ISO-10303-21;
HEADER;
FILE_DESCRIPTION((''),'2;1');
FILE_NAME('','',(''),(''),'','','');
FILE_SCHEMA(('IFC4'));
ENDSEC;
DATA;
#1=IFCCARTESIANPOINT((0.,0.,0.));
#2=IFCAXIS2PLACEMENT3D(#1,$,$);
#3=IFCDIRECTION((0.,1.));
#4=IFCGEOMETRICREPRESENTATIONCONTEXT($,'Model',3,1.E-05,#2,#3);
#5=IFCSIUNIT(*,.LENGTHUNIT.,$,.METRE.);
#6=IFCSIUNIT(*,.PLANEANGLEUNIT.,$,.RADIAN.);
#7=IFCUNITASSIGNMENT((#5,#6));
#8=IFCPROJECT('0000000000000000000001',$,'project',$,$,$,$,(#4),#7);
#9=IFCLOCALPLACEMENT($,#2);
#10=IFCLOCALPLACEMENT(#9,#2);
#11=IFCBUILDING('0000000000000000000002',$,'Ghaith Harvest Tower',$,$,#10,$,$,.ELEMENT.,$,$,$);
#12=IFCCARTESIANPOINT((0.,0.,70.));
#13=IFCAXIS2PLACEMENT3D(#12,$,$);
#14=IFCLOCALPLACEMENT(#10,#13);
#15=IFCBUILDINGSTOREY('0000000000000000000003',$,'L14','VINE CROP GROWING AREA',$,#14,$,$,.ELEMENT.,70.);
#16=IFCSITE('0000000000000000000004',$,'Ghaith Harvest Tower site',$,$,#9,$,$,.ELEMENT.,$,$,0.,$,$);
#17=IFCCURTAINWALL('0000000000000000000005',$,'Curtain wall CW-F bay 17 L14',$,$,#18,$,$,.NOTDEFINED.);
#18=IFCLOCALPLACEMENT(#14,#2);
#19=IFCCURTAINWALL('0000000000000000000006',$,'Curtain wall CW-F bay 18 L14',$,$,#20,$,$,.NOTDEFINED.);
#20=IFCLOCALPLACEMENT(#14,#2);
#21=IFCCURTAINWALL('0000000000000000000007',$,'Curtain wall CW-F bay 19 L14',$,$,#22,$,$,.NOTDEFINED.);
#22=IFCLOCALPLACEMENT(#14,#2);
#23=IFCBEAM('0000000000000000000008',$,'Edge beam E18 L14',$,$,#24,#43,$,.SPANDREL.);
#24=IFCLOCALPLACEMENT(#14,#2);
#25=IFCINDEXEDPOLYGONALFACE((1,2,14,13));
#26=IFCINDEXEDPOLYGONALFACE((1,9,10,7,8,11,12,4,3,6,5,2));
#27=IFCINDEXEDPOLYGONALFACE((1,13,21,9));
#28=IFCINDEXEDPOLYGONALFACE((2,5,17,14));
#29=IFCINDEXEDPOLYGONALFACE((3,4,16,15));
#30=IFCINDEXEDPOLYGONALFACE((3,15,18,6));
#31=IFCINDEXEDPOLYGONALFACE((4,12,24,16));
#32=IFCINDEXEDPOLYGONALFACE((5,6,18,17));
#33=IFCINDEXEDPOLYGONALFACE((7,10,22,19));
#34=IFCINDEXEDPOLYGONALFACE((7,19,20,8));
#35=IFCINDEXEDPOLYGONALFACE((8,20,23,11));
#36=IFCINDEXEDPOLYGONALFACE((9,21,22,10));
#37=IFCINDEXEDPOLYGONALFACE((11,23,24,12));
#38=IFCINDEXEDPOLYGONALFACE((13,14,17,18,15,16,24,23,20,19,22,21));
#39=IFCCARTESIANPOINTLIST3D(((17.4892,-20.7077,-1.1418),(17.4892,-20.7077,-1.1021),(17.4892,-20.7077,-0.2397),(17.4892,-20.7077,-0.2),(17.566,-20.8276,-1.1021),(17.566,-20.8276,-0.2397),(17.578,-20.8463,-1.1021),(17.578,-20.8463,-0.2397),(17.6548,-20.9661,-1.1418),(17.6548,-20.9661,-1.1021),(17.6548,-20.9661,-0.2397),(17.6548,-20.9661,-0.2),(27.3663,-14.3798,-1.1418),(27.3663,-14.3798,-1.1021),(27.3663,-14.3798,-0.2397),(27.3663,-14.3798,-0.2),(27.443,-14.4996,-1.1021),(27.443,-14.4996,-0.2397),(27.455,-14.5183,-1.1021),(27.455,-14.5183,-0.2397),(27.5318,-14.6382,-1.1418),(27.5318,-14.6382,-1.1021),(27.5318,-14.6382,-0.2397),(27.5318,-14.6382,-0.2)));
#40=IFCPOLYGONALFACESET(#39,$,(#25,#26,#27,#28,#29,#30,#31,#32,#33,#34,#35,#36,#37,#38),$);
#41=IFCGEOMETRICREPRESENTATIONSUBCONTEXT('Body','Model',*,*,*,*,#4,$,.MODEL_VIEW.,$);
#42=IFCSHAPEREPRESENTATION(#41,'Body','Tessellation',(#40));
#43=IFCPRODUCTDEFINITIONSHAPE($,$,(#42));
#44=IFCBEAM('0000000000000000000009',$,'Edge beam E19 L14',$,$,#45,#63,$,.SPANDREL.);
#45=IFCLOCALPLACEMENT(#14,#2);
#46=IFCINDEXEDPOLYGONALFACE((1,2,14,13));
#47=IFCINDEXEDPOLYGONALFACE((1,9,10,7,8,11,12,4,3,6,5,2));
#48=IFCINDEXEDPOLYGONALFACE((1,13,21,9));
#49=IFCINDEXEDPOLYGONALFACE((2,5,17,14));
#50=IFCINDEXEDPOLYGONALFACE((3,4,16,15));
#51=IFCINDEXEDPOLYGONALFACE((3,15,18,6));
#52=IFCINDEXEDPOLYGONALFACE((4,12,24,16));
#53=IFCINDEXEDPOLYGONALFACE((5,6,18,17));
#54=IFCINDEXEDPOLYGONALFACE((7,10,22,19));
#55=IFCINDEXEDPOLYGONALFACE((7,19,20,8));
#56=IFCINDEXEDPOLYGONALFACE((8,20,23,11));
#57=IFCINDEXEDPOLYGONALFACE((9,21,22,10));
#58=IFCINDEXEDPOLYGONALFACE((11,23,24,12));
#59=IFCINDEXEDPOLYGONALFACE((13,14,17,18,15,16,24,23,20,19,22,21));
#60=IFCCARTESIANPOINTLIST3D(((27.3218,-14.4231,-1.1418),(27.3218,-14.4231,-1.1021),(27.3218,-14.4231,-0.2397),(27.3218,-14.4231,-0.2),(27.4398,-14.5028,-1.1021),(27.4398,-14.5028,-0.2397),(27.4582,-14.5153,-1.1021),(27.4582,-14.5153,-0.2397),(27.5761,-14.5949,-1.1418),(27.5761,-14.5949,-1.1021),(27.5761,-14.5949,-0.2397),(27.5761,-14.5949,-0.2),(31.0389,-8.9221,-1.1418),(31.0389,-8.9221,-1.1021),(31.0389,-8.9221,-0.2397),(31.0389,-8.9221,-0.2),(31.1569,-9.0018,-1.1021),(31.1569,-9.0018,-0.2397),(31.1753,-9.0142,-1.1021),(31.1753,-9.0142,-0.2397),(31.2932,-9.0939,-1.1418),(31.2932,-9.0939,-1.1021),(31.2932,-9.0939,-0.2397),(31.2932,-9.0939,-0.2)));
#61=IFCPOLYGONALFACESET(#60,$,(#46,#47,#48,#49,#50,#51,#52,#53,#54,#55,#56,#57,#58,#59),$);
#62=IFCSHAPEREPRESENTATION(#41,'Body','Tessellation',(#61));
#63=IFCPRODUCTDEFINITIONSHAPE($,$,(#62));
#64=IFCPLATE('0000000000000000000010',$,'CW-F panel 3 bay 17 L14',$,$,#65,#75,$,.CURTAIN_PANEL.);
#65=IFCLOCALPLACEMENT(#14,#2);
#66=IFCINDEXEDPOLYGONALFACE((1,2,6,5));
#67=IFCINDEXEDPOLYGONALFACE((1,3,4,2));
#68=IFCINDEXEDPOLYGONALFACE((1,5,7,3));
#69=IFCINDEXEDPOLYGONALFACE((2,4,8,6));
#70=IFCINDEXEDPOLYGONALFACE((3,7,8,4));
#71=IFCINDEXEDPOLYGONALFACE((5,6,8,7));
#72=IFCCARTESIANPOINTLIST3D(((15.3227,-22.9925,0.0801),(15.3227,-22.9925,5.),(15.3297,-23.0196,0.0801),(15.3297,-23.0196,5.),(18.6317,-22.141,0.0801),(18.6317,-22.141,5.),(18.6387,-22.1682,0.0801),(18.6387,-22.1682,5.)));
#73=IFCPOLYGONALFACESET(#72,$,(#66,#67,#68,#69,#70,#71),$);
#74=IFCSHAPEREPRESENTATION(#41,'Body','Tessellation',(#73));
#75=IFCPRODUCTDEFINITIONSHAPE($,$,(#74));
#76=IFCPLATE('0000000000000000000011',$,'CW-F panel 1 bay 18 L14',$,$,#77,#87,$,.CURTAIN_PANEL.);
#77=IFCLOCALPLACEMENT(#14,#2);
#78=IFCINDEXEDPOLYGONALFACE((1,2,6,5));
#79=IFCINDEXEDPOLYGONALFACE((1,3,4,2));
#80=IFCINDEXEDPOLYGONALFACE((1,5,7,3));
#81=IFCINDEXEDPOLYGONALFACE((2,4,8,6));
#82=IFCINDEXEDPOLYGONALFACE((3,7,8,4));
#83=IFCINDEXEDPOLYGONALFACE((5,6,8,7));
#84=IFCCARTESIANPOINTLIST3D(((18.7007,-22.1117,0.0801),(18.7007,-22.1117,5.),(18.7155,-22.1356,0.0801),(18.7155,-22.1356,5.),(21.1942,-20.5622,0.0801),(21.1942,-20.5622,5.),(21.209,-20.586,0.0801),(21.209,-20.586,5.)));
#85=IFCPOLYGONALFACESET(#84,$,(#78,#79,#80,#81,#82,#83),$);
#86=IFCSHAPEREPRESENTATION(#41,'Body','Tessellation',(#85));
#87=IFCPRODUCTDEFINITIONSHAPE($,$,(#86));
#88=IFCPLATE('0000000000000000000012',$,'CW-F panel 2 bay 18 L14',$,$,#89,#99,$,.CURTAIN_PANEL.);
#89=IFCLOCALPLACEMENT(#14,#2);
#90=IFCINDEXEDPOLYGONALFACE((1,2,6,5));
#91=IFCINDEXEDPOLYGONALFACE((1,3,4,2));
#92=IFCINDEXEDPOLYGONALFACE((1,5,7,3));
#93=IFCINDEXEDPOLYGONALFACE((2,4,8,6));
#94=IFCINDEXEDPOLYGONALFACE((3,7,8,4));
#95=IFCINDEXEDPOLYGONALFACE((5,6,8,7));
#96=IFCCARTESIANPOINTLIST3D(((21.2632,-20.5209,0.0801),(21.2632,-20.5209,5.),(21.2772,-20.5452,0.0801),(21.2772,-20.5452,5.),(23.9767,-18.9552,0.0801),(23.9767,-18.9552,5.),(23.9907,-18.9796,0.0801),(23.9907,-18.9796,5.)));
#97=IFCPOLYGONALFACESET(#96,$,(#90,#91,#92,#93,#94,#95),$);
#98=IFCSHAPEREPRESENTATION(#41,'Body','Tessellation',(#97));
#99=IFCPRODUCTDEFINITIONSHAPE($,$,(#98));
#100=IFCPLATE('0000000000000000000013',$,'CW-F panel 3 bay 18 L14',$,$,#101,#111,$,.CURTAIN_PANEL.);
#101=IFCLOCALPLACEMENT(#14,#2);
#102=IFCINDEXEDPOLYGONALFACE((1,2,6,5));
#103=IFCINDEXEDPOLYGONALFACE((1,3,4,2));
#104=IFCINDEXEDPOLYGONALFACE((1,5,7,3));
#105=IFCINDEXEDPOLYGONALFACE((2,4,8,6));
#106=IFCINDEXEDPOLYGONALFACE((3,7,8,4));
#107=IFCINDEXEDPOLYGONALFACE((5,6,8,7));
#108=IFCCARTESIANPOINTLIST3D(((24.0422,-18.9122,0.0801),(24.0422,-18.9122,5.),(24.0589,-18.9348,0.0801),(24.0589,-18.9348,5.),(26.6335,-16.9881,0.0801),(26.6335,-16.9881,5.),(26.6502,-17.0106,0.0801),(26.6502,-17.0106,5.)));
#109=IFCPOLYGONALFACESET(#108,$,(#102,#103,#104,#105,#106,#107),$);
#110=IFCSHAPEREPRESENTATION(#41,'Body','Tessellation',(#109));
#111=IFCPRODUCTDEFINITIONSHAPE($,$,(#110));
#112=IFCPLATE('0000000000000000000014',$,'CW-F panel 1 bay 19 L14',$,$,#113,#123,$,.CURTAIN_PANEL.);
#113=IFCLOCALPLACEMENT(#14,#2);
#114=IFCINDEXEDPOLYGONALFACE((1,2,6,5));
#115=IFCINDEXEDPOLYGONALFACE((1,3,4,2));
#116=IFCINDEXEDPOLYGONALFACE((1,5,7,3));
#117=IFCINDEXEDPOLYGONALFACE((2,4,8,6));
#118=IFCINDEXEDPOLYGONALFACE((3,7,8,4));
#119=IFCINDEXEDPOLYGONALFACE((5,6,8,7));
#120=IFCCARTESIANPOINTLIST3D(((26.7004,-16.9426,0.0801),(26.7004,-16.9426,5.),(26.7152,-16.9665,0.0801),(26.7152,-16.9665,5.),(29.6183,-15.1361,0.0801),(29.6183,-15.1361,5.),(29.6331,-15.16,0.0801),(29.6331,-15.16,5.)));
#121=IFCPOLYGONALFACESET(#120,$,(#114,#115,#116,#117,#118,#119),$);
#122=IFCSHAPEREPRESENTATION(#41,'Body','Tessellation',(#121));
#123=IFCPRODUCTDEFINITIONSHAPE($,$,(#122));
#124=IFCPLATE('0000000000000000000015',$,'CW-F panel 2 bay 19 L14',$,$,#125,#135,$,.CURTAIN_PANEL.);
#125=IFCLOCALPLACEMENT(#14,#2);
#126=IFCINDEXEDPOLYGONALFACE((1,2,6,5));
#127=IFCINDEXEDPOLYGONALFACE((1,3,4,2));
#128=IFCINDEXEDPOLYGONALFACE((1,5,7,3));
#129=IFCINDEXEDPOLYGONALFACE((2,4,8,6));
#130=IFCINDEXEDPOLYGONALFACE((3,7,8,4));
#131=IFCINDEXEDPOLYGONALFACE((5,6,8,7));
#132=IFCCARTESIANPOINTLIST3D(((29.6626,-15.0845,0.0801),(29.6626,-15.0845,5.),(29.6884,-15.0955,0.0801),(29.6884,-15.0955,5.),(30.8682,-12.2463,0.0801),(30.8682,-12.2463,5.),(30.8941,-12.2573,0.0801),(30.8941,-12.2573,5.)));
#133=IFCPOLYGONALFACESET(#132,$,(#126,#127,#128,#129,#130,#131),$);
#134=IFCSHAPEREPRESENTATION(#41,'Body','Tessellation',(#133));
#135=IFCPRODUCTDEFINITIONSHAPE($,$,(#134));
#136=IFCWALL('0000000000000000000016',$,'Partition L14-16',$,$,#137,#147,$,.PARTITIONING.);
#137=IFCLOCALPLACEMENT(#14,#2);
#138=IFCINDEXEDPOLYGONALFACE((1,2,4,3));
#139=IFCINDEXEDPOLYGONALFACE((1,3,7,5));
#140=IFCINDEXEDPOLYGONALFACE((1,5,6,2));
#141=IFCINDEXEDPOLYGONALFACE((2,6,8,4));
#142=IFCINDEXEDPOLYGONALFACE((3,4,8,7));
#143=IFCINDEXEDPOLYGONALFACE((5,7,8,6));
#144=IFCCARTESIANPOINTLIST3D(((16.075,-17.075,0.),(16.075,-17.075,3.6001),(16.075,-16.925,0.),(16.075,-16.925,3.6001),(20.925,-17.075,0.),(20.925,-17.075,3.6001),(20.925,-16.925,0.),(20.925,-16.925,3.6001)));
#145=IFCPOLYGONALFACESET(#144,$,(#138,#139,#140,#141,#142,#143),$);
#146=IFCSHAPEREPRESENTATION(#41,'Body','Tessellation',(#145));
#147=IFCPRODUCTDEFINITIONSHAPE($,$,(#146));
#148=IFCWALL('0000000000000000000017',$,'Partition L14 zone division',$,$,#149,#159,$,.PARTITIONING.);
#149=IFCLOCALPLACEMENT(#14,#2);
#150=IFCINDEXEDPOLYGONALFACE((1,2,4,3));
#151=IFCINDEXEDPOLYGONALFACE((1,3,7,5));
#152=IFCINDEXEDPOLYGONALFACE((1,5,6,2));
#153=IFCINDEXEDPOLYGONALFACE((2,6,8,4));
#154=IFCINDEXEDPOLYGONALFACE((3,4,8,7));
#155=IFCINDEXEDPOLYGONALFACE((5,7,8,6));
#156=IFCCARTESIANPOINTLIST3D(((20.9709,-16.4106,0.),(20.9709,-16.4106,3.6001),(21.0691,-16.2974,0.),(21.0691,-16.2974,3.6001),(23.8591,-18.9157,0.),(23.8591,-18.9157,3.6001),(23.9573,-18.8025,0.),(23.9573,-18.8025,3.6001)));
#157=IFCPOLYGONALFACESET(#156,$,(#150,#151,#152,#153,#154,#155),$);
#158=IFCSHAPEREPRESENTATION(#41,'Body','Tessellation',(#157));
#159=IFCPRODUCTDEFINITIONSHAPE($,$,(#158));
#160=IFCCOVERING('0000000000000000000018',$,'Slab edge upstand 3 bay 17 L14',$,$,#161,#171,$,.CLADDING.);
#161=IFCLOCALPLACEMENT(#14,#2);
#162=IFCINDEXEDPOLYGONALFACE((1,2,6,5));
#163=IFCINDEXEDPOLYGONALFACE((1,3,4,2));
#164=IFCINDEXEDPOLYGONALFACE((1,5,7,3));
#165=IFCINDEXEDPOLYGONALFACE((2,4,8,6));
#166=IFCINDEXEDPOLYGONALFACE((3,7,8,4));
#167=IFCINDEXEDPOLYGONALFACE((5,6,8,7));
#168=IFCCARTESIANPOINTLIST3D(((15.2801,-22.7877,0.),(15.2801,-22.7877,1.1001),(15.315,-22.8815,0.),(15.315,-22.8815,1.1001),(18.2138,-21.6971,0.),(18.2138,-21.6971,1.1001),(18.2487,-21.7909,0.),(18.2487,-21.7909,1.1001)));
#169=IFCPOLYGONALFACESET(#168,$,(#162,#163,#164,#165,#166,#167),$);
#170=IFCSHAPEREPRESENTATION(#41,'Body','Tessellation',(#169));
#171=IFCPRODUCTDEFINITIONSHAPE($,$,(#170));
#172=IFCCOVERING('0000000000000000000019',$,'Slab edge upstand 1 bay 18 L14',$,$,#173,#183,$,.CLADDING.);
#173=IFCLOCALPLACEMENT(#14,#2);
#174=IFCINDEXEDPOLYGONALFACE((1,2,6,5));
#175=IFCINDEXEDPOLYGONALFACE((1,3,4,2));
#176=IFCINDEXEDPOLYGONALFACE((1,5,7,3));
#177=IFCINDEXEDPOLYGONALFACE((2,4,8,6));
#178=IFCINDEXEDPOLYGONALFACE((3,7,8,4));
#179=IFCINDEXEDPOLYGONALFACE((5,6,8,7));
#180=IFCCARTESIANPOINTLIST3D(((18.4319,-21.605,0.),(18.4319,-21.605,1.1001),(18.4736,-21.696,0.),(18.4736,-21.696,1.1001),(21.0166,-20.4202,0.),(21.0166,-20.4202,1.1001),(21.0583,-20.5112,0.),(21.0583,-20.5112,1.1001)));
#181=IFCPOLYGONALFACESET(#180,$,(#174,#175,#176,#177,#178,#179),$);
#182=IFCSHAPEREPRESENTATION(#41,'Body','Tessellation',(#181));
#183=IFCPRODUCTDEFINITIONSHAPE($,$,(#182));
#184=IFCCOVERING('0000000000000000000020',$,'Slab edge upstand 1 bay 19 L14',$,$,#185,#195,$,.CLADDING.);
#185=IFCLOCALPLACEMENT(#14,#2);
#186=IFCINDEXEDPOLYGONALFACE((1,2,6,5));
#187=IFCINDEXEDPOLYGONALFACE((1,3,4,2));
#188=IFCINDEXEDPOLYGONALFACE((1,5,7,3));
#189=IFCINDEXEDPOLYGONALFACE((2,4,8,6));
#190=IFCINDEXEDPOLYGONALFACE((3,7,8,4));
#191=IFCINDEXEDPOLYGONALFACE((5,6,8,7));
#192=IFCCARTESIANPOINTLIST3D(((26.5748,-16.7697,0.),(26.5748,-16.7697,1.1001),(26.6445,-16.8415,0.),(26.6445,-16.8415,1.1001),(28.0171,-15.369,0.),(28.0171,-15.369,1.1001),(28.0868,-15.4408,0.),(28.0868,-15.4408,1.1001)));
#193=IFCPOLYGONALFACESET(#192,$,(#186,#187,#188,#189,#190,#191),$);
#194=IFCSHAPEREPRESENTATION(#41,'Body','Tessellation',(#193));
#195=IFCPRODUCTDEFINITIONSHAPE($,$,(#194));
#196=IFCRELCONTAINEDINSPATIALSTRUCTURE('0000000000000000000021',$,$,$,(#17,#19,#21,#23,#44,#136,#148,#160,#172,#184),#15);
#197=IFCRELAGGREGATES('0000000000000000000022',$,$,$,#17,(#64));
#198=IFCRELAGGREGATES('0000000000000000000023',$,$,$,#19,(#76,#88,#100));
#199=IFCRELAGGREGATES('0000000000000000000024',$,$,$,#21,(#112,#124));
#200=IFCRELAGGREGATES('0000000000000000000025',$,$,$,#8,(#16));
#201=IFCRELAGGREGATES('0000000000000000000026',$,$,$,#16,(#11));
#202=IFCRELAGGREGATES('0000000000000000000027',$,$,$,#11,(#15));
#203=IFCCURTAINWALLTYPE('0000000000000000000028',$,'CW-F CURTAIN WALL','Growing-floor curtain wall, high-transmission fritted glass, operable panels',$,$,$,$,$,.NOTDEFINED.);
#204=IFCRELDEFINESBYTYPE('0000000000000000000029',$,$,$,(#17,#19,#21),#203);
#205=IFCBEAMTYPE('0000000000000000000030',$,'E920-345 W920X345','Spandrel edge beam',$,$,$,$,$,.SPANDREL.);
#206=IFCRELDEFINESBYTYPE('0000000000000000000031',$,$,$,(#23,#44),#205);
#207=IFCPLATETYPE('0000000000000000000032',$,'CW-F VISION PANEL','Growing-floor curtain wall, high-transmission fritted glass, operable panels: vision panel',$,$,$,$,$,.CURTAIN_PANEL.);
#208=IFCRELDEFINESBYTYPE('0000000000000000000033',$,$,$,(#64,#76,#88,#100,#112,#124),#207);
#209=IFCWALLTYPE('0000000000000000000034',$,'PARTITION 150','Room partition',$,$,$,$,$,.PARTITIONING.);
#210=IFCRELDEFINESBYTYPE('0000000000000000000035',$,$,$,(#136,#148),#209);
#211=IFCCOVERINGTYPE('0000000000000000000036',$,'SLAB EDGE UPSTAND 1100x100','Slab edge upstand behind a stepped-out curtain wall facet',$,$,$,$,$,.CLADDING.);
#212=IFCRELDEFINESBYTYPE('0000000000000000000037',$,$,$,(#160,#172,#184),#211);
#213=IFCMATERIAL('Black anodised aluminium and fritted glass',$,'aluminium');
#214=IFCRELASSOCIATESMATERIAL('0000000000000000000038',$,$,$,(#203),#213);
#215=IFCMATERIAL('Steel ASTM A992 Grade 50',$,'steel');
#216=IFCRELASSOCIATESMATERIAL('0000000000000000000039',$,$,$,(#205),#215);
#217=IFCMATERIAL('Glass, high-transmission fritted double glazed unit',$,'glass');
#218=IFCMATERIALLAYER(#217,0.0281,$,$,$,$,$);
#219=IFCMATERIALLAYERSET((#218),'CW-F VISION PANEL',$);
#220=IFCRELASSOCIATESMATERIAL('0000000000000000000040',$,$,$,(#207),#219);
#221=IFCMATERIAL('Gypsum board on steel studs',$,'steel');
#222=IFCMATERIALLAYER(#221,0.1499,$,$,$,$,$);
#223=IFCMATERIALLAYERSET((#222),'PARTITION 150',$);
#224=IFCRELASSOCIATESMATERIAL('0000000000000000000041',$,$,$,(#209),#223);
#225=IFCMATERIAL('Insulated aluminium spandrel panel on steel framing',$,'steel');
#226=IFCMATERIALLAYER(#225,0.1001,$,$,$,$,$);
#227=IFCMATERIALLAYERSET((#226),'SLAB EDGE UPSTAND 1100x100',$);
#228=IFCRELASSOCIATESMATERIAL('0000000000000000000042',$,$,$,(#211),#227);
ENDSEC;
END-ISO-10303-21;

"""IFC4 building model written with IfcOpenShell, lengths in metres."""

from ifc_helpers import new_model, si_unit, direction, frame, frame_2d, origin, origin_2d, place, context, subcontext, project, spatial, rectangle, i_section, extrude, material, layer, layer_set, material_profile, profile_set, type_object, element, aggregate, save


model = new_model("IFC4")

# Units and contexts
model_context = context("Model", 3, precision=1e-05, world=origin(), true_north=direction((0.0, 1.0)))
body_context = subcontext(model_context, "Body", "Model", "MODEL_VIEW")
ifc_project = project(units=[si_unit("LENGTHUNIT", "METRE"), si_unit("PLANEANGLEUNIT", "RADIAN")], contexts=[model_context])

# Site, building, storey
site_placement = place(None, origin())
site = spatial("IfcSite", under=ifc_project, at=site_placement, Name="Ghaith Harvest Tower site", CompositionType="ELEMENT", RefElevation=0.0)
building_placement = place(site_placement, origin())
building = spatial("IfcBuilding", under=site, at=building_placement, Name="Ghaith Harvest Tower", CompositionType="ELEMENT")
storey_placement = place(building_placement, frame((0.0, 0.0, 70.0)))
storey = spatial("IfcBuildingStorey", under=building, at=storey_placement, Name="L14", Description="VINE CROP GROWING AREA", CompositionType="ELEMENT", Elevation=70.0)

# Curtain wall
ifc_material_1 = material(Name="Black anodised aluminium and fritted glass", Category="aluminium")
curtain_wall_type = type_object("IfcCurtainWallType", Name="CW-F CURTAIN WALL", Description="Growing-floor curtain wall, high-transmission fritted glass, operable panels", PredefinedType="NOTDEFINED", material=ifc_material_1)
curtain_wall_1_placement = place(storey_placement, origin())
curtain_wall_1 = element("IfcCurtainWall", 1, at=curtain_wall_1_placement, inside=storey, type_object=curtain_wall_type, Name="Curtain wall CW-F bay 17 L14", PredefinedType="NOTDEFINED")

# Curtain walls
curtain_wall_2_placement = place(storey_placement, origin())
curtain_wall_2 = element("IfcCurtainWall", 2, at=curtain_wall_2_placement, inside=storey, type_object=curtain_wall_type, Name="Curtain wall CW-F bay 18 L14", PredefinedType="NOTDEFINED")
curtain_wall_3_placement = place(storey_placement, origin())
curtain_wall_3 = element("IfcCurtainWall", 3, at=curtain_wall_3_placement, inside=storey, type_object=curtain_wall_type, Name="Curtain wall CW-F bay 19 L14", PredefinedType="NOTDEFINED")

# Beams
ifc_material_2 = material(Name="Steel ASTM A992 Grade 50", Category="steel")
ifc_material_profile_1 = material_profile(ifc_material_2, i_section(OverallWidth=0.3069, OverallDepth=0.9419, WebThickness=0.0222, FlangeThickness=0.0398, at=origin_2d()), Name="W920X345")
ifc_profile_set_1 = profile_set([ifc_material_profile_1], Name="Steel ASTM A992 Grade 50")
beam_type = type_object("IfcBeamType", Name="E920-345 W920X345", Description="Spandrel edge beam", PredefinedType="SPANDREL", material=ifc_profile_set_1)
beam_1_placement = place(storey_placement, frame((17.572, -20.8369, -0.6709), z_axis=(0.842015, 0.539455, 0.0), x_axis=(-0.539455, 0.842015, 0.0)))
element("IfcBeam", 4, at=beam_1_placement, inside=storey, type_object=beam_type, Name="Edge beam E18 L14", PredefinedType="SPANDREL", context=body_context, shape_type="SweptSolid", body=[
    extrude(i_section(OverallWidth=0.3069, OverallDepth=0.9419, WebThickness=0.0222, FlangeThickness=0.0398, at=origin_2d()), origin(), (0.0, 0.0, 1.0), 11.7302),
])
beam_2_placement = place(storey_placement, frame((27.449, -14.509, -0.6709), z_axis=(0.559874, 0.828577, 0.0), x_axis=(-0.828577, 0.559874, 0.0)))
element("IfcBeam", 5, at=beam_2_placement, inside=storey, type_object=beam_type, Name="Edge beam E19 L14", PredefinedType="SPANDREL", context=body_context, shape_type="SweptSolid", body=[
    extrude(i_section(OverallWidth=0.3069, OverallDepth=0.9419, WebThickness=0.0222, FlangeThickness=0.0398, at=origin_2d()), origin(), (0.0, 0.0, 1.0), 6.6392),
])

# Plates
ifc_material_3 = material(Name="Glass, high-transmission fritted double glazed unit", Category="glass")
ifc_layer_1 = layer(ifc_material_3, 0.0281)
ifc_layer_set_1 = layer_set([ifc_layer_1], Name="CW-F VISION PANEL")
plate_type = type_object("IfcPlateType", Name="CW-F VISION PANEL", Description="Growing-floor curtain wall, high-transmission fritted glass, operable panels: vision panel", PredefinedType="CURTAIN_PANEL", material=ifc_layer_set_1)
plate_1_placement = place(storey_placement, frame((16.9807, -22.5803, 0.0801), z_axis=(0.0, 0.0, 1.0), x_axis=(0.968451, 0.249202, 0.0)))
plate_1 = element("IfcPlate", 6, at=plate_1_placement, type_object=plate_type, Name="CW-F panel 3 bay 17 L14", PredefinedType="CURTAIN_PANEL", context=body_context, shape_type="SweptSolid", body=[
    extrude(rectangle(XDim=3.4167, YDim=0.0281, at=origin_2d()), origin(), (0.0, 0.0, 1.0), 4.9199),
])
aggregate(curtain_wall_1, [plate_1])
plate_2_placement = place(storey_placement, frame((19.9548, -21.3489, 0.0801), z_axis=(0.0, 0.0, 1.0), x_axis=(0.849361, 0.527813, 0.0)))
plate_2 = element("IfcPlate", 7, at=plate_2_placement, type_object=plate_type, Name="CW-F panel 1 bay 18 L14", PredefinedType="CURTAIN_PANEL", context=body_context, shape_type="SweptSolid", body=[
    extrude(rectangle(XDim=2.9358, YDim=0.0281, at=origin_2d()), origin(), (0.0, 0.0, 1.0), 4.9199),
])
plate_3_placement = place(storey_placement, frame((22.627, -19.7502, 0.0801), z_axis=(0.0, 0.0, 1.0), x_axis=(0.866159, 0.499768, 0.0)))
plate_3 = element("IfcPlate", 8, at=plate_3_placement, type_object=plate_type, Name="CW-F panel 2 bay 18 L14", PredefinedType="CURTAIN_PANEL", context=body_context, shape_type="SweptSolid", body=[
    extrude(rectangle(XDim=3.1328, YDim=0.0281, at=origin_2d()), origin(), (0.0, 0.0, 1.0), 4.9199),
])
plate_4_placement = place(storey_placement, frame((25.3462, -17.9614, 0.0801), z_axis=(0.0, 0.0, 1.0), x_axis=(0.802867, 0.596158, 0.0)))
plate_4 = element("IfcPlate", 9, at=plate_4_placement, type_object=plate_type, Name="CW-F panel 3 bay 18 L14", PredefinedType="CURTAIN_PANEL", context=body_context, shape_type="SweptSolid", body=[
    extrude(rectangle(XDim=3.2275, YDim=0.0281, at=origin_2d()), origin(), (0.0, 0.0, 1.0), 4.9199),
])
aggregate(curtain_wall_2, [plate_2, plate_3, plate_4])
plate_5_placement = place(storey_placement, frame((28.1667, -16.0513, 0.0801), z_axis=(0.0, 0.0, 1.0), x_axis=(0.850246, 0.526386, 0.0)))
plate_5 = element("IfcPlate", 10, at=plate_5_placement, type_object=plate_type, Name="CW-F panel 1 bay 19 L14", PredefinedType="CURTAIN_PANEL", context=body_context, shape_type="SweptSolid", body=[
    extrude(rectangle(XDim=3.4319, YDim=0.0281, at=origin_2d()), origin(), (0.0, 0.0, 1.0), 4.9199),
])
plate_6_placement = place(storey_placement, frame((30.2783, -13.6709, 0.0801), z_axis=(0.0, 0.0, 1.0), x_axis=(0.39098, 0.920399, 0.0)))
plate_6 = element("IfcPlate", 11, at=plate_6_placement, type_object=plate_type, Name="CW-F panel 2 bay 19 L14", PredefinedType="CURTAIN_PANEL", context=body_context, shape_type="SweptSolid", body=[
    extrude(rectangle(XDim=3.0837, YDim=0.0281, at=origin_2d()), origin(), (0.0, 0.0, 1.0), 4.9199),
])
aggregate(curtain_wall_3, [plate_5, plate_6])

# Walls
ifc_material_4 = material(Name="Gypsum board on steel studs", Category="steel")
ifc_layer_2 = layer(ifc_material_4, 0.1499)
ifc_layer_set_2 = layer_set([ifc_layer_2], Name="PARTITION 150")
wall_type = type_object("IfcWallType", Name="PARTITION 150", Description="Room partition", PredefinedType="PARTITIONING", material=ifc_layer_set_2)
wall_1_placement = place(storey_placement, frame((16.075, -17.0, 0.0), z_axis=(0.0, 0.0, 1.0), x_axis=(1.0, 0.0, 0.0)))
element("IfcWall", 12, at=wall_1_placement, inside=storey, type_object=wall_type, Name="Partition L14-16", PredefinedType="PARTITIONING", context=body_context, shape_type="SweptSolid", body=[
    extrude(rectangle(XDim=4.8501, YDim=0.1499, at=frame_2d((2.425, 0.0))), origin(), (0.0, 0.0, 1.0), 3.6001),
])
wall_2_placement = place(storey_placement, frame((21.02, -16.354, 0.0), z_axis=(0.0, 0.0, 1.0), x_axis=(0.755426, -0.655234, 0.0)))
element("IfcWall", 13, at=wall_2_placement, inside=storey, type_object=wall_type, Name="Partition L14 zone division", PredefinedType="PARTITIONING", context=body_context, shape_type="SweptSolid", body=[
    extrude(rectangle(XDim=3.8232, YDim=0.1499, at=frame_2d((1.9116, 0.0))), origin(), (0.0, 0.0, 1.0), 3.6001),
])

# Coverings
ifc_material_5 = material(Name="Insulated aluminium spandrel panel on steel framing", Category="steel")
ifc_layer_3 = layer(ifc_material_5, 0.1001)
ifc_layer_set_3 = layer_set([ifc_layer_3], Name="SLAB EDGE UPSTAND 1100x100")
covering_type = type_object("IfcCoveringType", Name="SLAB EDGE UPSTAND 1100x100", Description="Slab edge upstand behind a stepped-out curtain wall facet", PredefinedType="CLADDING", material=ifc_layer_set_3)
covering_1_placement = place(storey_placement, frame((16.7644, -22.2893, 0.0), z_axis=(0.0, 0.0, 1.0), x_axis=(0.937332, 0.348438, 0.0)))
element("IfcCovering", 14, at=covering_1_placement, inside=storey, type_object=covering_type, Name="Slab edge upstand 3 bay 17 L14", PredefinedType="CLADDING", context=body_context, shape_type="SweptSolid", body=[
    extrude(rectangle(XDim=3.1299, YDim=0.1001, at=origin_2d()), origin(), (0.0, 0.0, 1.0), 1.1001),
])
covering_2_placement = place(storey_placement, frame((19.7451, -21.0581, 0.0), z_axis=(0.0, 0.0, 1.0), x_axis=(0.909046, 0.416696, 0.0)))
element("IfcCovering", 15, at=covering_2_placement, inside=storey, type_object=covering_type, Name="Slab edge upstand 1 bay 18 L14", PredefinedType="CLADDING", context=body_context, shape_type="SweptSolid", body=[
    extrude(rectangle(XDim=2.8433, YDim=0.1001, at=origin_2d()), origin(), (0.0, 0.0, 1.0), 1.1001),
])
covering_3_placement = place(storey_placement, frame((27.3308, -16.1052, 0.0), z_axis=(0.0, 0.0, 1.0), x_axis=(0.717386, 0.696675, 0.0)))
element("IfcCovering", 16, at=covering_3_placement, inside=storey, type_object=covering_type, Name="Slab edge upstand 1 bay 19 L14", PredefinedType="CLADDING", context=body_context, shape_type="SweptSolid", body=[
    extrude(rectangle(XDim=2.0105, YDim=0.1001, at=origin_2d()), origin(), (0.0, 0.0, 1.0), 1.1001),
])

save(model, "model.ifc")
